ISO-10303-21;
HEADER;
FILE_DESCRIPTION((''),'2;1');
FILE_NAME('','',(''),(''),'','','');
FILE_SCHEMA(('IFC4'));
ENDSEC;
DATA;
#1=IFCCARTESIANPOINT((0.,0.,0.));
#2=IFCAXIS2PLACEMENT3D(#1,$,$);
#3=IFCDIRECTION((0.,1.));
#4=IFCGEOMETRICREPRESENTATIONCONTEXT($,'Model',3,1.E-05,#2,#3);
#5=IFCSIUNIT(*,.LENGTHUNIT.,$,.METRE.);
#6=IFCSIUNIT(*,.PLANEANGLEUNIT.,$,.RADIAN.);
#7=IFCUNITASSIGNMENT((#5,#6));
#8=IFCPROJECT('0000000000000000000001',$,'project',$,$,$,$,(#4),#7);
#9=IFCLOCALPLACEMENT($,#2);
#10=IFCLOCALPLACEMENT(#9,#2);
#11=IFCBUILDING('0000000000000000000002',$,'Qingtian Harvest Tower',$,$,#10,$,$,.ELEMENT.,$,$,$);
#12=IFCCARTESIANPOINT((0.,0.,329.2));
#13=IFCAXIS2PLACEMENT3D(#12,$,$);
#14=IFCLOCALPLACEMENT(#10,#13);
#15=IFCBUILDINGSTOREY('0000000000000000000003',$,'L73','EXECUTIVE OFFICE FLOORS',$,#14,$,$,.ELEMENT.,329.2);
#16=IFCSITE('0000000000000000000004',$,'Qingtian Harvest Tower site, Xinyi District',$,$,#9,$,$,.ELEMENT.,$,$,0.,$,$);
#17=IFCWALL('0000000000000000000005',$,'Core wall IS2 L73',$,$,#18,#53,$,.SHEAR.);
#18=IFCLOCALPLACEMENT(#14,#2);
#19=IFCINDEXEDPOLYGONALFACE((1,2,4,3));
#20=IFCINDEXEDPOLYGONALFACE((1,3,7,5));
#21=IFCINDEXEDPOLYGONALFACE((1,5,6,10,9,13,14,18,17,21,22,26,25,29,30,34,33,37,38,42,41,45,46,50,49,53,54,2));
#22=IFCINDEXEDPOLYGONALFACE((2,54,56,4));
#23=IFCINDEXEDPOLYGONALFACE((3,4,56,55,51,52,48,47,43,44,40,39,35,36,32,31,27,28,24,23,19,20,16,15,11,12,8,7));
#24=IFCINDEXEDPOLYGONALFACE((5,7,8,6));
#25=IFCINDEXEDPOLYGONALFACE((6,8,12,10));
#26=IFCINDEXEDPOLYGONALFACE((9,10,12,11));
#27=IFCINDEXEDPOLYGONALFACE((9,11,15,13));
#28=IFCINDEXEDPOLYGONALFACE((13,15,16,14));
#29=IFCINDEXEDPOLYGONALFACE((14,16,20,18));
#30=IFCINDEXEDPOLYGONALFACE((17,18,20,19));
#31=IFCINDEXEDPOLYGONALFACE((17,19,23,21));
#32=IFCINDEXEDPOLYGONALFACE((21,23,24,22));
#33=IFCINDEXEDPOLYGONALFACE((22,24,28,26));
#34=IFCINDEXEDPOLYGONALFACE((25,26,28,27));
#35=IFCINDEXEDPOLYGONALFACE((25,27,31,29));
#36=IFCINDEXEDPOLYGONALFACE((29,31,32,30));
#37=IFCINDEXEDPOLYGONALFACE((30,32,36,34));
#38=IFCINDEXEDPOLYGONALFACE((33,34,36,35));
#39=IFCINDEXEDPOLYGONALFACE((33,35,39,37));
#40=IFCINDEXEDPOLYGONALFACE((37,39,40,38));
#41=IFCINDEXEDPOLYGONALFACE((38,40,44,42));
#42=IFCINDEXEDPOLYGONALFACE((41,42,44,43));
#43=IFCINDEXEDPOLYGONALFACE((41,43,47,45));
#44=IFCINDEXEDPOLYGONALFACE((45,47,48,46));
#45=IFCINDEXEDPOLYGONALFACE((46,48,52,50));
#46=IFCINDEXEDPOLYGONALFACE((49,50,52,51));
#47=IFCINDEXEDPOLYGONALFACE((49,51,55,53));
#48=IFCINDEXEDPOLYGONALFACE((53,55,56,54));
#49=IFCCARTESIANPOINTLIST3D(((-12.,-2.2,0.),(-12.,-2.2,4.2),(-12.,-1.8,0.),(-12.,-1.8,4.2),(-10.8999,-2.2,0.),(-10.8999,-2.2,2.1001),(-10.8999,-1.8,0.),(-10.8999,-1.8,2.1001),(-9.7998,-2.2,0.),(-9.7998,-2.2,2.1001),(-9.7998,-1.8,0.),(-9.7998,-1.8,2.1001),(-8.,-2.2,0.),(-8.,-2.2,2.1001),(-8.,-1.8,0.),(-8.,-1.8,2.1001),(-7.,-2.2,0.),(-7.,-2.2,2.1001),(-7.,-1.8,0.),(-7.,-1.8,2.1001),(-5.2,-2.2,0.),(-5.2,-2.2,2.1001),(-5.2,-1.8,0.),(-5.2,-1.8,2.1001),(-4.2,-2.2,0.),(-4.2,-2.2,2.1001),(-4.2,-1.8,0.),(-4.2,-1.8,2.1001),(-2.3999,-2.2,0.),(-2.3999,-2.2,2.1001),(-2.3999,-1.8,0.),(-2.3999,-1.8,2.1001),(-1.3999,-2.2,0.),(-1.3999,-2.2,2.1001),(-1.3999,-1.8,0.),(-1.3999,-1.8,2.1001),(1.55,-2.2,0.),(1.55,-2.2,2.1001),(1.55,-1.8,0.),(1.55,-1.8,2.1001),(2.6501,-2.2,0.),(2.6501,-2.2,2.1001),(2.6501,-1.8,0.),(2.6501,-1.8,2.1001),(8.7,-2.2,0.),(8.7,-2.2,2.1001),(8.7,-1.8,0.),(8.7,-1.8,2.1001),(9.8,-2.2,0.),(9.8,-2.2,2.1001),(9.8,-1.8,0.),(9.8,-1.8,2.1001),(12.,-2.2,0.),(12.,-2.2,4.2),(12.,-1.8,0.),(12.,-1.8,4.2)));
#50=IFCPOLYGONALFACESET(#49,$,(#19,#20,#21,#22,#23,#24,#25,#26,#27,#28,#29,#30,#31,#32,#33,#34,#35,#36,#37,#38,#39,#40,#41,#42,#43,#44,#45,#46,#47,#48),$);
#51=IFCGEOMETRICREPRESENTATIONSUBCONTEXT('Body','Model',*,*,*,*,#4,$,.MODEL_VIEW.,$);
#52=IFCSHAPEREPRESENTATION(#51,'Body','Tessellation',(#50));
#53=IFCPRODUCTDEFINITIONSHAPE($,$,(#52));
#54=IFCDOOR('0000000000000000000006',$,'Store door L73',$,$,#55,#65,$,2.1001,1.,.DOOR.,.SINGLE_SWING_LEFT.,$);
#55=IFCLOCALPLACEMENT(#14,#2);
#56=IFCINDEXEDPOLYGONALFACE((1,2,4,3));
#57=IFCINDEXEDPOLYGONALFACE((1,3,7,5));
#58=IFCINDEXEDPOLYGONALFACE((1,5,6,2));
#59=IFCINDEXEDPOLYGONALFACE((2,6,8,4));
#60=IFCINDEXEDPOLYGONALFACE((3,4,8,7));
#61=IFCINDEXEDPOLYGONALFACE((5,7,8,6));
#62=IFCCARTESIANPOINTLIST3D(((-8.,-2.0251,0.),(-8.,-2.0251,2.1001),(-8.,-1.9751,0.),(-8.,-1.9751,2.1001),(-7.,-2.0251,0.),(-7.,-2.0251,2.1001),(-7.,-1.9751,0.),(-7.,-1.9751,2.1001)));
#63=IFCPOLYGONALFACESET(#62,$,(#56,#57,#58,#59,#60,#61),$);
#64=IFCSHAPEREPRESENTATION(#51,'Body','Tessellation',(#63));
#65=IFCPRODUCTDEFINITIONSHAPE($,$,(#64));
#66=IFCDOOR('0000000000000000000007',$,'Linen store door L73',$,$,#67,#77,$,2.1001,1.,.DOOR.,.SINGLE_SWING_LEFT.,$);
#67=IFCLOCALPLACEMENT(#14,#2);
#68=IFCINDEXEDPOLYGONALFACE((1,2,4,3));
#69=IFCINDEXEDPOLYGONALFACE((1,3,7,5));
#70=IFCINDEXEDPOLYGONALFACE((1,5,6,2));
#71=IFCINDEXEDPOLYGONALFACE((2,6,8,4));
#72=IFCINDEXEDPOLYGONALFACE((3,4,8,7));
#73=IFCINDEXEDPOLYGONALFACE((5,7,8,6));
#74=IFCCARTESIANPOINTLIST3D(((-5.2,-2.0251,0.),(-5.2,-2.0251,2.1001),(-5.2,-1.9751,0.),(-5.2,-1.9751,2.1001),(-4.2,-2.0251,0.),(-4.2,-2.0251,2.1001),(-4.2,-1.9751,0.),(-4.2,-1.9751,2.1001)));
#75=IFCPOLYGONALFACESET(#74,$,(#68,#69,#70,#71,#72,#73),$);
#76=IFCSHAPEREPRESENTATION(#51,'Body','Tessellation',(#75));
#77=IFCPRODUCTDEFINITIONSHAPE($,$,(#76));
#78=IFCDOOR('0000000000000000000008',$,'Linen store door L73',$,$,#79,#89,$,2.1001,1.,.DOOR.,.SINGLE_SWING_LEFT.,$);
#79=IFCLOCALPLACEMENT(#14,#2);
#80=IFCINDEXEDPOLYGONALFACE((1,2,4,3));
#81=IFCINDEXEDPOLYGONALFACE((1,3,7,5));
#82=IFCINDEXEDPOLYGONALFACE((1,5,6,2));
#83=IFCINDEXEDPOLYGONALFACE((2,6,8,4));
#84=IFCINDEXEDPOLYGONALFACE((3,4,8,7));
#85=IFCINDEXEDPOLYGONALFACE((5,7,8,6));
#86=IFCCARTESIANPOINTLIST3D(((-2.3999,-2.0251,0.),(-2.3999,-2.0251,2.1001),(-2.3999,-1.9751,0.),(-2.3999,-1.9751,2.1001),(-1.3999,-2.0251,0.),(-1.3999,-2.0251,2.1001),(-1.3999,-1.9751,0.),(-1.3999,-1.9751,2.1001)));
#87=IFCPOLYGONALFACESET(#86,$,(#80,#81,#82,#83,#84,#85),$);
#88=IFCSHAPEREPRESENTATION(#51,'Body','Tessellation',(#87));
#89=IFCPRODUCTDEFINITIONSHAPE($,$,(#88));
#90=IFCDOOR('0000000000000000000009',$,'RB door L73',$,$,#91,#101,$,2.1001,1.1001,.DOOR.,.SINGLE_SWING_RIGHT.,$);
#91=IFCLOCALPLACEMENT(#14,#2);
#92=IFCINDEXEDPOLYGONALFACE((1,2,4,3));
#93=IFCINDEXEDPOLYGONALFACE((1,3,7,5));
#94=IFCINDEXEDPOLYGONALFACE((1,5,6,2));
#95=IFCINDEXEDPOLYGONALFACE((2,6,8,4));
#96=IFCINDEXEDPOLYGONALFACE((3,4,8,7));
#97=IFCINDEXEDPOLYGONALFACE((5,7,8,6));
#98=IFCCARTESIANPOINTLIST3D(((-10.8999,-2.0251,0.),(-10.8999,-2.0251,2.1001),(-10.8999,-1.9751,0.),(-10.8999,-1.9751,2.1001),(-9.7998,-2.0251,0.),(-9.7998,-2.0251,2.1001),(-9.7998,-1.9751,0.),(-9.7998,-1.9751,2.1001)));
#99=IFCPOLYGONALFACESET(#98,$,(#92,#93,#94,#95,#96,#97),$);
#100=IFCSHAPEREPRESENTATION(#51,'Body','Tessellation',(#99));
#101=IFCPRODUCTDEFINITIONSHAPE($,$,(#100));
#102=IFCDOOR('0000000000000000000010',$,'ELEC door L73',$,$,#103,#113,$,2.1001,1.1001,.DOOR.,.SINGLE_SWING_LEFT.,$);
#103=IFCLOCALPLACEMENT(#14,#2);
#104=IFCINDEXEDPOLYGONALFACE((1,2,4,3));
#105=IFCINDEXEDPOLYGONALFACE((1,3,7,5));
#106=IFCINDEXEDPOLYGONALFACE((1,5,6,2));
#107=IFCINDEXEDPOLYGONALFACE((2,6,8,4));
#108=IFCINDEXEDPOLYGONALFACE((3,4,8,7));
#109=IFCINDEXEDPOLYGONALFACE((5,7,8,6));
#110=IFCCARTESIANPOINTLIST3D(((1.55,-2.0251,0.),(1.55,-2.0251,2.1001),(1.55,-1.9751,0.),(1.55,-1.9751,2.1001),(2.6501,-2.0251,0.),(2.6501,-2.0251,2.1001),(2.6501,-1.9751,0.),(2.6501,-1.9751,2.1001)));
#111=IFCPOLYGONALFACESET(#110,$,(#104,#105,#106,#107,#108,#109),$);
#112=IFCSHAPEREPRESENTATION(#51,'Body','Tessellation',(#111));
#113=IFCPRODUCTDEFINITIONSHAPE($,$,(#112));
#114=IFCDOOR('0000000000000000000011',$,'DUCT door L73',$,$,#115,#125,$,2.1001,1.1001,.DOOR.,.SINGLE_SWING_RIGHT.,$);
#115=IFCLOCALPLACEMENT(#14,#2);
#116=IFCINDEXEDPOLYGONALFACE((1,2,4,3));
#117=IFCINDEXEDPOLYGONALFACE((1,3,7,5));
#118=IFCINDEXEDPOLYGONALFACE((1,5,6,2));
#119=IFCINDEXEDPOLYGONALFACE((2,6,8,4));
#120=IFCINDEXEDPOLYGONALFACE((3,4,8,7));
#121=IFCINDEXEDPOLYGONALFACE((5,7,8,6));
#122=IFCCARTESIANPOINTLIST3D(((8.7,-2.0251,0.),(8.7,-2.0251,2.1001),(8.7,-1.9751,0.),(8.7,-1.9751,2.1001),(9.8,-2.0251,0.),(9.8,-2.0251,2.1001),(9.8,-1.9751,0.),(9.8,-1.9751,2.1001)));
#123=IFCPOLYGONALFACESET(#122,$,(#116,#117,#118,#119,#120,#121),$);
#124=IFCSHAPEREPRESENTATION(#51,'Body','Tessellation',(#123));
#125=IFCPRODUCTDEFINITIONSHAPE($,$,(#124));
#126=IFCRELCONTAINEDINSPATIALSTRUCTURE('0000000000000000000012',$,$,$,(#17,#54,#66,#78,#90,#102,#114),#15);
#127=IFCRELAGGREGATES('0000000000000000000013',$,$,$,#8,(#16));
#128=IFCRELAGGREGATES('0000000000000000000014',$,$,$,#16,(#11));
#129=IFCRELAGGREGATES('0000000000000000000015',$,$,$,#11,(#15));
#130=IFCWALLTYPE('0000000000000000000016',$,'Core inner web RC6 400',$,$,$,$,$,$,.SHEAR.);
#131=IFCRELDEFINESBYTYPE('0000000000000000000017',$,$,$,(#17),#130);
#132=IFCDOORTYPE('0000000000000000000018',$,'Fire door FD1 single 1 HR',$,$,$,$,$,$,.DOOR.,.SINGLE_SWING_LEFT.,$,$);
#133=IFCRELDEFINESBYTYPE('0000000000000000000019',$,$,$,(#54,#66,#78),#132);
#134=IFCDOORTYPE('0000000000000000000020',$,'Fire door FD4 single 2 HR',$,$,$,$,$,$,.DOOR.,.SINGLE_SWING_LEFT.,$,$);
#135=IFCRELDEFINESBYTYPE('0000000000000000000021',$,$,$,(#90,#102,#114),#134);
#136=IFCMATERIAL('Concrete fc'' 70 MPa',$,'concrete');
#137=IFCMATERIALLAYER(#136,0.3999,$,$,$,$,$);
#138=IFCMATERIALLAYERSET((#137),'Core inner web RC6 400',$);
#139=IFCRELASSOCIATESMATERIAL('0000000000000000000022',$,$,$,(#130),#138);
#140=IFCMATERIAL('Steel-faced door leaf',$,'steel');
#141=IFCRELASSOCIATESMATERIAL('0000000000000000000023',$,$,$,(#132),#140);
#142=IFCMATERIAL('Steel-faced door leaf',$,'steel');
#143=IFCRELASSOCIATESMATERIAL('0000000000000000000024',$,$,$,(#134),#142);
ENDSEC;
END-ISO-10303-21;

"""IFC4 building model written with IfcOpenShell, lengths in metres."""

from ifc_helpers import new_model, si_unit, direction, frame, frame_2d, origin, place, context, subcontext, project, spatial, rectangle, extrude, material, layer, layer_set, type_object, element, fill, save


model = new_model("IFC4")

# Units and contexts
model_context = context("Model", 3, precision=1e-05, world=origin(), true_north=direction((0.0, 1.0)))
body_context = subcontext(model_context, "Body", "Model", "MODEL_VIEW")
ifc_project = project(units=[si_unit("LENGTHUNIT", "METRE"), si_unit("PLANEANGLEUNIT", "RADIAN")], contexts=[model_context])

# Site, building, storey
site_placement = place(None, origin())
site = spatial("IfcSite", under=ifc_project, at=site_placement, Name="Qingtian Harvest Tower site, Xinyi District", CompositionType="ELEMENT", RefElevation=0.0)
building_placement = place(site_placement, origin())
building = spatial("IfcBuilding", under=site, at=building_placement, Name="Qingtian Harvest Tower", CompositionType="ELEMENT")
storey_placement = place(building_placement, frame((0.0, 0.0, 329.2)))
storey = spatial("IfcBuildingStorey", under=building, at=storey_placement, Name="L73", Description="EXECUTIVE OFFICE FLOORS", CompositionType="ELEMENT", Elevation=329.2)

# Wall, openings, doors
ifc_material_1 = material(Name="Concrete fc' 70 MPa", Category="concrete")
ifc_layer_1 = layer(ifc_material_1, 0.3999)
ifc_layer_set_1 = layer_set([ifc_layer_1], Name="Core inner web RC6 400")
wall_type = type_object("IfcWallType", Name="Core inner web RC6 400", PredefinedType="SHEAR", material=ifc_layer_set_1)
wall_placement = place(storey_placement, frame((-12.0, -2.0, 0.0), z_axis=(0.0, 0.0, 1.0), x_axis=(1.0, 0.0, 0.0)))
wall = element("IfcWall", 1, at=wall_placement, inside=storey, type_object=wall_type, Name="Core wall IS2 L73", PredefinedType="SHEAR", context=body_context, shape_type="SweptSolid", body=[
    extrude(rectangle(XDim=24.0, YDim=0.3999, at=frame_2d((12.0, 0.0))), origin(), (0.0, 0.0, 1.0), 4.2),
])
opening_1_placement = place(wall_placement, frame((1.1001, 0.0, 0.0)))
opening_1 = element("IfcOpeningElement", 2, at=opening_1_placement, cuts=wall, PredefinedType="OPENING", context=body_context, shape_type="SweptSolid", body=[
    extrude(rectangle(XDim=1.1001, YDim=2.1001, at=frame_2d((0.55, 1.05))), frame((0.0, 0.21, 0.0), z_axis=(0.0, -1.0, 0.0), x_axis=(1.0, 0.0, 0.0)), (0.0, 0.0, 1.0), 0.4199),
])
opening_2_placement = place(wall_placement, frame((13.55, 0.0, 0.0)))
opening_2 = element("IfcOpeningElement", 3, at=opening_2_placement, cuts=wall, PredefinedType="OPENING", context=body_context, shape_type="SweptSolid", body=[
    extrude(rectangle(XDim=1.1001, YDim=2.1001, at=frame_2d((0.55, 1.05))), frame((0.0, 0.21, 0.0), z_axis=(0.0, -1.0, 0.0), x_axis=(1.0, 0.0, 0.0)), (0.0, 0.0, 1.0), 0.4199),
])
opening_3_placement = place(wall_placement, frame((20.7, 0.0, 0.0)))
opening_3 = element("IfcOpeningElement", 4, at=opening_3_placement, cuts=wall, PredefinedType="OPENING", context=body_context, shape_type="SweptSolid", body=[
    extrude(rectangle(XDim=1.1001, YDim=2.1001, at=frame_2d((0.55, 1.05))), frame((0.0, 0.21, 0.0), z_axis=(0.0, -1.0, 0.0), x_axis=(1.0, 0.0, 0.0)), (0.0, 0.0, 1.0), 0.4199),
])
opening_4_placement = place(wall_placement, frame((4.0, 0.0, 0.0)))
opening_4 = element("IfcOpeningElement", 5, at=opening_4_placement, cuts=wall, PredefinedType="OPENING", context=body_context, shape_type="SweptSolid", body=[
    extrude(rectangle(XDim=1.0, YDim=2.1001, at=frame_2d((0.5, 1.05))), frame((0.0, 0.21, 0.0), z_axis=(0.0, -1.0, 0.0), x_axis=(1.0, 0.0, 0.0)), (0.0, 0.0, 1.0), 0.4199),
])
opening_5_placement = place(wall_placement, frame((6.8, 0.0, 0.0)))
opening_5 = element("IfcOpeningElement", 6, at=opening_5_placement, cuts=wall, PredefinedType="OPENING", context=body_context, shape_type="SweptSolid", body=[
    extrude(rectangle(XDim=1.0, YDim=2.1001, at=frame_2d((0.5, 1.05))), frame((0.0, 0.21, 0.0), z_axis=(0.0, -1.0, 0.0), x_axis=(1.0, 0.0, 0.0)), (0.0, 0.0, 1.0), 0.4199),
])
opening_6_placement = place(wall_placement, frame((9.6001, 0.0, 0.0)))
opening_6 = element("IfcOpeningElement", 7, at=opening_6_placement, cuts=wall, PredefinedType="OPENING", context=body_context, shape_type="SweptSolid", body=[
    extrude(rectangle(XDim=1.0, YDim=2.1001, at=frame_2d((0.5, 1.05))), frame((0.0, 0.21, 0.0), z_axis=(0.0, -1.0, 0.0), x_axis=(1.0, 0.0, 0.0)), (0.0, 0.0, 1.0), 0.4199),
])
ifc_material_2 = material(Name="Steel-faced door leaf", Category="steel")
door_type_1 = type_object("IfcDoorType", Name="Fire door FD1 single 1 HR", OperationType="SINGLE_SWING_LEFT", PredefinedType="DOOR", material=ifc_material_2)
door_1_placement = place(opening_4_placement, origin())
door_1 = element("IfcDoor", 8, at=door_1_placement, inside=storey, type_object=door_type_1, Name="Store door L73", OperationType="SINGLE_SWING_LEFT", OverallHeight=2.1001, OverallWidth=1.0, PredefinedType="DOOR", context=body_context, shape_type="SweptSolid", body=[
    extrude(rectangle(XDim=1.0, YDim=2.1001, at=frame_2d((0.5, 1.05))), frame((0.0, 0.0249, 0.0), z_axis=(0.0, -1.0, 0.0), x_axis=(1.0, 0.0, 0.0)), (0.0, 0.0, 1.0), 0.05),
])
fill(opening_4, door_1)
door_2_placement = place(opening_5_placement, origin())
door_2 = element("IfcDoor", 9, at=door_2_placement, inside=storey, type_object=door_type_1, Name="Linen store door L73", OperationType="SINGLE_SWING_LEFT", OverallHeight=2.1001, OverallWidth=1.0, PredefinedType="DOOR", context=body_context, shape_type="SweptSolid", body=[
    extrude(rectangle(XDim=1.0, YDim=2.1001, at=frame_2d((0.5, 1.05))), frame((0.0, 0.0249, 0.0), z_axis=(0.0, -1.0, 0.0), x_axis=(1.0, 0.0, 0.0)), (0.0, 0.0, 1.0), 0.05),
])
fill(opening_5, door_2)
door_3_placement = place(opening_6_placement, origin())
door_3 = element("IfcDoor", 10, at=door_3_placement, inside=storey, type_object=door_type_1, Name="Linen store door L73", OperationType="SINGLE_SWING_LEFT", OverallHeight=2.1001, OverallWidth=1.0, PredefinedType="DOOR", context=body_context, shape_type="SweptSolid", body=[
    extrude(rectangle(XDim=1.0, YDim=2.1001, at=frame_2d((0.5, 1.05))), frame((0.0, 0.0249, 0.0), z_axis=(0.0, -1.0, 0.0), x_axis=(1.0, 0.0, 0.0)), (0.0, 0.0, 1.0), 0.05),
])
fill(opening_6, door_3)
ifc_material_3 = material(Name="Steel-faced door leaf", Category="steel")
door_type_2 = type_object("IfcDoorType", Name="Fire door FD4 single 2 HR", OperationType="SINGLE_SWING_LEFT", PredefinedType="DOOR", material=ifc_material_3)
door_4_placement = place(opening_1_placement, origin())
door_4 = element("IfcDoor", 11, at=door_4_placement, inside=storey, type_object=door_type_2, Name="RB door L73", OperationType="SINGLE_SWING_RIGHT", OverallHeight=2.1001, OverallWidth=1.1001, PredefinedType="DOOR", context=body_context, shape_type="SweptSolid", body=[
    extrude(rectangle(XDim=1.1001, YDim=2.1001, at=frame_2d((0.55, 1.05))), frame((0.0, 0.0249, 0.0), z_axis=(0.0, -1.0, 0.0), x_axis=(1.0, 0.0, 0.0)), (0.0, 0.0, 1.0), 0.05),
])
fill(opening_1, door_4)
door_5_placement = place(opening_2_placement, origin())
door_5 = element("IfcDoor", 12, at=door_5_placement, inside=storey, type_object=door_type_2, Name="ELEC door L73", OperationType="SINGLE_SWING_LEFT", OverallHeight=2.1001, OverallWidth=1.1001, PredefinedType="DOOR", context=body_context, shape_type="SweptSolid", body=[
    extrude(rectangle(XDim=1.1001, YDim=2.1001, at=frame_2d((0.55, 1.05))), frame((0.0, 0.0249, 0.0), z_axis=(0.0, -1.0, 0.0), x_axis=(1.0, 0.0, 0.0)), (0.0, 0.0, 1.0), 0.05),
])
fill(opening_2, door_5)
door_6_placement = place(opening_3_placement, origin())
door_6 = element("IfcDoor", 13, at=door_6_placement, inside=storey, type_object=door_type_2, Name="DUCT door L73", OperationType="SINGLE_SWING_RIGHT", OverallHeight=2.1001, OverallWidth=1.1001, PredefinedType="DOOR", context=body_context, shape_type="SweptSolid", body=[
    extrude(rectangle(XDim=1.1001, YDim=2.1001, at=frame_2d((0.55, 1.05))), frame((0.0, 0.0249, 0.0), z_axis=(0.0, -1.0, 0.0), x_axis=(1.0, 0.0, 0.0)), (0.0, 0.0, 1.0), 0.05),
])
fill(opening_3, door_6)

save(model, "model.ifc")
